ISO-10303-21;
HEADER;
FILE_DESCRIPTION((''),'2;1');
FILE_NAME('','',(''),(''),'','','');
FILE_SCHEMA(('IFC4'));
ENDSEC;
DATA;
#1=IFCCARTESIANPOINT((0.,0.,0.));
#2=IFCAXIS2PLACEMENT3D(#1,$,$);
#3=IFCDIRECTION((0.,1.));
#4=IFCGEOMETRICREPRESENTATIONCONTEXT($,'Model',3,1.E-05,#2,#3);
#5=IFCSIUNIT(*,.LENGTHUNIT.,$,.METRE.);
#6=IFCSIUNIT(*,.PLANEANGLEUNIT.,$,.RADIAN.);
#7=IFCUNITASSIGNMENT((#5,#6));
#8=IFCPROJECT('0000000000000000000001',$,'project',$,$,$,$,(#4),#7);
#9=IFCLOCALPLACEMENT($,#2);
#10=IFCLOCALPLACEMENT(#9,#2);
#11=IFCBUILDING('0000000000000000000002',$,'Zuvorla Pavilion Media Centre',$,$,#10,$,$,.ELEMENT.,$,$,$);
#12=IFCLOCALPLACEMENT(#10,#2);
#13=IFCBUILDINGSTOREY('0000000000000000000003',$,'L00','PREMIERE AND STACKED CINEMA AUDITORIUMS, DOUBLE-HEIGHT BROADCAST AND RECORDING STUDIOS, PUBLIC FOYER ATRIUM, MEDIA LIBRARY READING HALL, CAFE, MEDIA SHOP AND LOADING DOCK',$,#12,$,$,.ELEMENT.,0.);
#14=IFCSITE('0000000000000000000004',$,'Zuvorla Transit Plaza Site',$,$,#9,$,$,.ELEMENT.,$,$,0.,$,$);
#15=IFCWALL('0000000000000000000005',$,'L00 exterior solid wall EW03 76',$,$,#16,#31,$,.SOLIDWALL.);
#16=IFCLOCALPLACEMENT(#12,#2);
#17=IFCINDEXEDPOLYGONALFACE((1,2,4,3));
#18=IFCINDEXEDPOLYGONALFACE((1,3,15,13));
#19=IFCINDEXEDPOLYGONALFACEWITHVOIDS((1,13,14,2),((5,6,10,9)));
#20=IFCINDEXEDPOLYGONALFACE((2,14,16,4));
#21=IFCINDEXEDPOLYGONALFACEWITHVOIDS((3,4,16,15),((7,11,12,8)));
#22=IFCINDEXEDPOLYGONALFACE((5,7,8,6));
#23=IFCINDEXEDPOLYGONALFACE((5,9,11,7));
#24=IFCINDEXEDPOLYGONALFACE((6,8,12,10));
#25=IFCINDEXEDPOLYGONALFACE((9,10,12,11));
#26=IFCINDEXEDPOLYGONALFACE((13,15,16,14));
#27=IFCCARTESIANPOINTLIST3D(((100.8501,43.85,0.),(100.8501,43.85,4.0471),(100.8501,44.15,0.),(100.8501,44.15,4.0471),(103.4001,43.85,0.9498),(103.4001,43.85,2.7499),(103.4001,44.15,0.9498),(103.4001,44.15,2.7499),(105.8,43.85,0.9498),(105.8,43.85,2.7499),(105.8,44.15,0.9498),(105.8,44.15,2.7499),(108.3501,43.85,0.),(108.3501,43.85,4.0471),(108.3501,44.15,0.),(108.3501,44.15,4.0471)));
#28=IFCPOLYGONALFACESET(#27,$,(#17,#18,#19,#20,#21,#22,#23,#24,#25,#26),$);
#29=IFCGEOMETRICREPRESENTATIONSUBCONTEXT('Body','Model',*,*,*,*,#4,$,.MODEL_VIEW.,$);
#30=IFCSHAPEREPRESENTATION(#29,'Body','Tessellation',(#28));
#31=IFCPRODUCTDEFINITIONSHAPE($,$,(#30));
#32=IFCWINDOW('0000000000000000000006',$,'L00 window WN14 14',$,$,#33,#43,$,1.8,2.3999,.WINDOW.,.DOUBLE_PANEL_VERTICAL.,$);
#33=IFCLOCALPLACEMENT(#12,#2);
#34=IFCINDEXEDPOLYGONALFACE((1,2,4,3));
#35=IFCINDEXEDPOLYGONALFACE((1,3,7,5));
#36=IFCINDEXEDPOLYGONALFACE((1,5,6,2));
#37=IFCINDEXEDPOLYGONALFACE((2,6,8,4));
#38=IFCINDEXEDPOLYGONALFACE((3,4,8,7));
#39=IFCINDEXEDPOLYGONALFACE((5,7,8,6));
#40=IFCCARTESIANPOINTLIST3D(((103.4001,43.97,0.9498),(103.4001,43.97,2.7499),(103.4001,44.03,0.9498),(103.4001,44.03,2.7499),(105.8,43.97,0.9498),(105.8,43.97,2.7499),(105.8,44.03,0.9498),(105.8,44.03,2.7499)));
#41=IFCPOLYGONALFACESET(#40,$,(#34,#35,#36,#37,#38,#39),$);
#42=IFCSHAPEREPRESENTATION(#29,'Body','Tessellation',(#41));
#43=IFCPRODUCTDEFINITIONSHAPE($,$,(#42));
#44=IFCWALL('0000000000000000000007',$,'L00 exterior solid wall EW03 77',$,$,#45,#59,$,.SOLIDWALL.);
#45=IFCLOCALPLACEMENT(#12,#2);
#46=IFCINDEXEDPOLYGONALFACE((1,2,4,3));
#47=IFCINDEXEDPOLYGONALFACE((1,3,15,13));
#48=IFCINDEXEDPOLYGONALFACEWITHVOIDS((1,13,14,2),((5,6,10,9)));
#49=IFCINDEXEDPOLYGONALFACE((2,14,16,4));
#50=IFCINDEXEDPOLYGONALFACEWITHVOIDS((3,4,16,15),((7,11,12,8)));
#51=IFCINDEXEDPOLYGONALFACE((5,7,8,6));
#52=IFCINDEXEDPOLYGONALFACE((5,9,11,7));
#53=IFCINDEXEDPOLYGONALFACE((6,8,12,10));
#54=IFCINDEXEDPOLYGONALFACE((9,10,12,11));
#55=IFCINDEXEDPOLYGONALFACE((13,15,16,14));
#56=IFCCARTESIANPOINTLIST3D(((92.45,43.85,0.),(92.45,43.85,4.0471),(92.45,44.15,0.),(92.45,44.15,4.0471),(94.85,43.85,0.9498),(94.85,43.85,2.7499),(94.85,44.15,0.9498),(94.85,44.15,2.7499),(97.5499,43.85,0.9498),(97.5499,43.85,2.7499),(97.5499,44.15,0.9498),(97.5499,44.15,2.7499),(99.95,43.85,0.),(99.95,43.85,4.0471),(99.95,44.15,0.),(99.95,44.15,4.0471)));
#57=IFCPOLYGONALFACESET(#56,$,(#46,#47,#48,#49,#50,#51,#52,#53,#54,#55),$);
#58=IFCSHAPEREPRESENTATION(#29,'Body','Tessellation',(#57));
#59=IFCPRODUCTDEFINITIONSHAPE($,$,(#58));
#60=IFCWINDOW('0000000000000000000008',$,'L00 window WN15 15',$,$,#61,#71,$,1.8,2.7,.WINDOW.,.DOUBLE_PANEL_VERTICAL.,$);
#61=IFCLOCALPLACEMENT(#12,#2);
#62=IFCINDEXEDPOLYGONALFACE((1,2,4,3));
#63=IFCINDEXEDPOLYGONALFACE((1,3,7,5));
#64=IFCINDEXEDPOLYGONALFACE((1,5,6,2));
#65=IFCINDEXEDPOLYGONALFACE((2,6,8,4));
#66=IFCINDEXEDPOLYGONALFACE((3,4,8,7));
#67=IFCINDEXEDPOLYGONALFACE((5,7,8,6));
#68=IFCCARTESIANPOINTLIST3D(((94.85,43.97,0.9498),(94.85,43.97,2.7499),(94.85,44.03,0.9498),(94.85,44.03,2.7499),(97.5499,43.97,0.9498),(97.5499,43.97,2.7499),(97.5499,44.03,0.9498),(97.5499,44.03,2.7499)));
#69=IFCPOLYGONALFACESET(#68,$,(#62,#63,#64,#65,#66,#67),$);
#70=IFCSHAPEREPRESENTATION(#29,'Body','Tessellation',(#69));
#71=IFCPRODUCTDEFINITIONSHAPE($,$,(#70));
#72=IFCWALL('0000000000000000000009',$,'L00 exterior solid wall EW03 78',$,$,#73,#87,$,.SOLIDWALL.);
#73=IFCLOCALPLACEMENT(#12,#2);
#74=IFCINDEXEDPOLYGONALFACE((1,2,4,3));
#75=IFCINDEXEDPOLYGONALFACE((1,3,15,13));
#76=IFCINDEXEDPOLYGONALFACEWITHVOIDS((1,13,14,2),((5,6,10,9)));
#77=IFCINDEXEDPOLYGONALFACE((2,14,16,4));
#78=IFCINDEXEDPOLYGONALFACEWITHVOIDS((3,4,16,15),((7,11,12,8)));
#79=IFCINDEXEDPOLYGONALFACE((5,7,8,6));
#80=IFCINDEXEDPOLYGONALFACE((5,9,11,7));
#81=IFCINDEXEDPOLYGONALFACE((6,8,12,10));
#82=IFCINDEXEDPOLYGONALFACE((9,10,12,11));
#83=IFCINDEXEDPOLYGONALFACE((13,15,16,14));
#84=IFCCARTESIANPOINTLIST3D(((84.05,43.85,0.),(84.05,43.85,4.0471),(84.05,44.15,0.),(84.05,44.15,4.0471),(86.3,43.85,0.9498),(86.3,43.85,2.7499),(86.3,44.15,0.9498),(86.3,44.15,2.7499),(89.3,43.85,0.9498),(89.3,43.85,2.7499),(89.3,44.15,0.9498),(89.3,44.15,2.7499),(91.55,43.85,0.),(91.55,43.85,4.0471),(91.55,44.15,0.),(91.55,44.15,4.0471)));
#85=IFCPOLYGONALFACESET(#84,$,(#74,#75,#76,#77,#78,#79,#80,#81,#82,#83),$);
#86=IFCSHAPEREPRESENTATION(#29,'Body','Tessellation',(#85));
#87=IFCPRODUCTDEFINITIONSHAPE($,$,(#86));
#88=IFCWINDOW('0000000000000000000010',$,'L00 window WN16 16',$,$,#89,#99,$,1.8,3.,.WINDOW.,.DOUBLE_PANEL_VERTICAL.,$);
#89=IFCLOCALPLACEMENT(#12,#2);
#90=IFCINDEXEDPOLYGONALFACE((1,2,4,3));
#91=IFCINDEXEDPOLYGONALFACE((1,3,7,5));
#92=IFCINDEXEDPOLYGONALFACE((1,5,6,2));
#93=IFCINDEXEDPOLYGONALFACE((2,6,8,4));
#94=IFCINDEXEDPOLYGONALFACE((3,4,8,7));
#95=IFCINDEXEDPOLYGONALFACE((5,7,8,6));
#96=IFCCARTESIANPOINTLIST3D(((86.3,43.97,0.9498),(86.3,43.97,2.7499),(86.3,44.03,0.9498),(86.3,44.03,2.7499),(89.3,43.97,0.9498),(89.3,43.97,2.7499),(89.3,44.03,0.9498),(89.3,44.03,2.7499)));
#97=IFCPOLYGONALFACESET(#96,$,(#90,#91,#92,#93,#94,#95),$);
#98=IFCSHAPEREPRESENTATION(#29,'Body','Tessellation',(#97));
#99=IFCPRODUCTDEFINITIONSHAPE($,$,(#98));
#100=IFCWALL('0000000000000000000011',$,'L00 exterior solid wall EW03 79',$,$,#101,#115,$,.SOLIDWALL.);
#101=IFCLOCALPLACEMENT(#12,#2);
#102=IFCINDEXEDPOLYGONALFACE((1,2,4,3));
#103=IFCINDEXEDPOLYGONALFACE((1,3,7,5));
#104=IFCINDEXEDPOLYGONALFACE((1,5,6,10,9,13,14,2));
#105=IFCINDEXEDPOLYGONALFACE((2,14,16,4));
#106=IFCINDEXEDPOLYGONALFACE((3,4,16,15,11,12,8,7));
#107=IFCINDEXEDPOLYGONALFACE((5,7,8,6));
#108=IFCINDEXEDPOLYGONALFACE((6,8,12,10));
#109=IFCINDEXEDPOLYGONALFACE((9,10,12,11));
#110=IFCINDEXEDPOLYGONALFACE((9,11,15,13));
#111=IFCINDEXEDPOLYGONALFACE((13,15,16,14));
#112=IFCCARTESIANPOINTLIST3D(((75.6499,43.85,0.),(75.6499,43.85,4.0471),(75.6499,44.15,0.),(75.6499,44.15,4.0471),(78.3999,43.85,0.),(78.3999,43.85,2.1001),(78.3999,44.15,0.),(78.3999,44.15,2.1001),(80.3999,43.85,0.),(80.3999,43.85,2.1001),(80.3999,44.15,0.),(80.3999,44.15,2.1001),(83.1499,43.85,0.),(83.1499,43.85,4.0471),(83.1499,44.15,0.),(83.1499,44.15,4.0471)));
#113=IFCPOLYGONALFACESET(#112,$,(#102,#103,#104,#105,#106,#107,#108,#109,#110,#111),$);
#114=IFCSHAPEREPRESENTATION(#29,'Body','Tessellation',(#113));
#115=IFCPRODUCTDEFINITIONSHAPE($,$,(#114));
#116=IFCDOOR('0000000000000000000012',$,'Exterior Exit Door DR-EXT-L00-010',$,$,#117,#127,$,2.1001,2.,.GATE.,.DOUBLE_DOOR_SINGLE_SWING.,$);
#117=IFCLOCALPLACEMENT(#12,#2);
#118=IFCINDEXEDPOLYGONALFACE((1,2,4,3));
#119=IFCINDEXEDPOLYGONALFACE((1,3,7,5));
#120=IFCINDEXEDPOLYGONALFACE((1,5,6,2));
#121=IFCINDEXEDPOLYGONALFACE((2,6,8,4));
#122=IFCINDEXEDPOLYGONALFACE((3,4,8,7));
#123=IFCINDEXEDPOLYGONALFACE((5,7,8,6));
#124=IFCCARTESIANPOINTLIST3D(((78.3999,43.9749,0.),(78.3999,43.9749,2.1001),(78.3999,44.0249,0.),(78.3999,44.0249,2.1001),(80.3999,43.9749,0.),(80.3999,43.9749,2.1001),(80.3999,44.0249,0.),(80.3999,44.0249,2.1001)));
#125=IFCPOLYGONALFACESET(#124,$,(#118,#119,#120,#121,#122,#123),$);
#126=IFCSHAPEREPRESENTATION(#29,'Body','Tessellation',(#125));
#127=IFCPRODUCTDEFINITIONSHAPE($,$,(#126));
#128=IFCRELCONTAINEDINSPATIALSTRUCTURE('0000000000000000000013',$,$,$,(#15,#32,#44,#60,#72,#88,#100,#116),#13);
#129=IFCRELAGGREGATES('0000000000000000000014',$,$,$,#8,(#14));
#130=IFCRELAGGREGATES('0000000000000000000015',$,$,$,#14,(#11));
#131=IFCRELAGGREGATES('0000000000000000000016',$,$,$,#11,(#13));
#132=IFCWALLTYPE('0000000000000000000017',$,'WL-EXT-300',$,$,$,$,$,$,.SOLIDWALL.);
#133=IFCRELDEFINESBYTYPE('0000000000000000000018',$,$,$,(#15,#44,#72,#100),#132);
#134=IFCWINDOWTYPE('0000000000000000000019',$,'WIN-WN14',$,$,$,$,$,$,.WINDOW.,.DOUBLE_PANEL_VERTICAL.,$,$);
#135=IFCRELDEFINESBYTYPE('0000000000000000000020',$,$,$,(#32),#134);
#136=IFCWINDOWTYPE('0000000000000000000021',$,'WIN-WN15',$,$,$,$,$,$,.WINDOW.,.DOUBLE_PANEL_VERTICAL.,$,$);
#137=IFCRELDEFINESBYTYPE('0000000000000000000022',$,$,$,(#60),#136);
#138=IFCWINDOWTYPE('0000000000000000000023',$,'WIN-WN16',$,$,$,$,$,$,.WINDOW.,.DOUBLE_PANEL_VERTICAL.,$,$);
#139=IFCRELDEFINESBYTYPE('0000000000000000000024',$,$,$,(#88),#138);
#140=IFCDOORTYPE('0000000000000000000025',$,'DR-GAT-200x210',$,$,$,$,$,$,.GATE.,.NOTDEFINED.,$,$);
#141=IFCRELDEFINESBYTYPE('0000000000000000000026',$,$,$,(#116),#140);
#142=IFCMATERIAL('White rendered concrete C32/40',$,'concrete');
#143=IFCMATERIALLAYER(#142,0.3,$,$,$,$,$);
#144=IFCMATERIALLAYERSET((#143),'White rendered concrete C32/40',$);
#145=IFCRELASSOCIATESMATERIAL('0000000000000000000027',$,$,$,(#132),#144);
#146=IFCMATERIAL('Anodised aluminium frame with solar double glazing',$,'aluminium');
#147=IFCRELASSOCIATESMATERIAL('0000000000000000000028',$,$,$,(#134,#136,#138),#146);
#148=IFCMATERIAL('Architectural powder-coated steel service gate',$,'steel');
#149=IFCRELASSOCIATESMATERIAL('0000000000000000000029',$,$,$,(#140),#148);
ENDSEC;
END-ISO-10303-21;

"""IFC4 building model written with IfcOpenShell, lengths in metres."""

from ifc_helpers import new_model, si_unit, direction, frame, frame_2d, origin, place, context, subcontext, project, spatial, rectangle, extrude, material, layer, layer_set, type_object, element, fill, save


model = new_model("IFC4")

# Units and contexts
model_context = context("Model", 3, precision=1e-05, world=origin(), true_north=direction((0.0, 1.0)))
body_context = subcontext(model_context, "Body", "Model", "MODEL_VIEW")
ifc_project = project(units=[si_unit("LENGTHUNIT", "METRE"), si_unit("PLANEANGLEUNIT", "RADIAN")], contexts=[model_context])

# Site, building, storey
site_placement = place(None, origin())
site = spatial("IfcSite", under=ifc_project, at=site_placement, Name="Zuvorla Transit Plaza Site", CompositionType="ELEMENT", RefElevation=0.0)
building_placement = place(site_placement, origin())
building = spatial("IfcBuilding", under=site, at=building_placement, Name="Zuvorla Pavilion Media Centre", CompositionType="ELEMENT")
storey_placement = place(building_placement, origin())
storey = spatial("IfcBuildingStorey", under=building, at=storey_placement, Name="L00", Description="PREMIERE AND STACKED CINEMA AUDITORIUMS, DOUBLE-HEIGHT BROADCAST AND RECORDING STUDIOS, PUBLIC FOYER ATRIUM, MEDIA LIBRARY READING HALL, CAFE, MEDIA SHOP AND LOADING DOCK", CompositionType="ELEMENT", Elevation=0.0)

# Walls, openings, windows
ifc_material_1 = material(Name="White rendered concrete C32/40", Category="concrete")
ifc_layer = layer(ifc_material_1, 0.3)
ifc_layer_set = layer_set([ifc_layer], Name="White rendered concrete C32/40")
wall_type = type_object("IfcWallType", Name="WL-EXT-300", PredefinedType="SOLIDWALL", material=ifc_layer_set)
wall_1_placement = place(storey_placement, frame((108.3501, 44.0, 0.0), z_axis=(0.0, 0.0, 1.0), x_axis=(-1.0, 0.0, 0.0)))
wall_1 = element("IfcWall", 1, at=wall_1_placement, inside=storey, type_object=wall_type, Name="L00 exterior solid wall EW03 76", PredefinedType="SOLIDWALL", context=body_context, shape_type="SweptSolid", body=[
    extrude(rectangle(XDim=7.5, YDim=0.3, at=frame_2d((3.75, 0.0))), origin(), (0.0, 0.0, 1.0), 4.0471),
])
opening_1_placement = place(wall_1_placement, frame((2.55, 0.0, 0.95)))
opening_1 = element("IfcOpeningElement", 2, at=opening_1_placement, cuts=wall_1, PredefinedType="OPENING", context=body_context, shape_type="SweptSolid", body=[
    extrude(rectangle(XDim=2.3999, YDim=1.8, at=frame_2d((1.2, 0.8999))), frame((0.0, 0.1599, 0.0), z_axis=(0.0, -1.0, 0.0), x_axis=(1.0, 0.0, 0.0)), (0.0, 0.0, 1.0), 0.3201),
])
ifc_material_2 = material(Name="Anodised aluminium frame with solar double glazing", Category="aluminium")
window_type_1 = type_object("IfcWindowType", Name="WIN-WN14", PartitioningType="DOUBLE_PANEL_VERTICAL", PredefinedType="WINDOW", material=ifc_material_2)
window_1_placement = place(opening_1_placement, origin())
window_1 = element("IfcWindow", 3, at=window_1_placement, inside=storey, type_object=window_type_1, Name="L00 window WN14 14", OverallHeight=1.8, OverallWidth=2.3999, PartitioningType="DOUBLE_PANEL_VERTICAL", PredefinedType="WINDOW", context=body_context, shape_type="SweptSolid", body=[
    extrude(rectangle(XDim=2.3999, YDim=1.8, at=frame_2d((1.2, 0.8999))), frame((0.0, 0.03, 0.0), z_axis=(0.0, -1.0, 0.0), x_axis=(1.0, 0.0, 0.0)), (0.0, 0.0, 1.0), 0.0601),
])
fill(opening_1, window_1)
wall_2_placement = place(storey_placement, frame((99.95, 44.0, 0.0), z_axis=(0.0, 0.0, 1.0), x_axis=(-1.0, 0.0, 0.0)))
wall_2 = element("IfcWall", 4, at=wall_2_placement, inside=storey, type_object=wall_type, Name="L00 exterior solid wall EW03 77", PredefinedType="SOLIDWALL", context=body_context, shape_type="SweptSolid", body=[
    extrude(rectangle(XDim=7.5, YDim=0.3, at=frame_2d((3.75, 0.0))), origin(), (0.0, 0.0, 1.0), 4.0471),
])
opening_2_placement = place(wall_2_placement, frame((2.3999, 0.0, 0.95)))
opening_2 = element("IfcOpeningElement", 5, at=opening_2_placement, cuts=wall_2, PredefinedType="OPENING", context=body_context, shape_type="SweptSolid", body=[
    extrude(rectangle(XDim=2.7, YDim=1.8, at=frame_2d((1.3501, 0.8999))), frame((0.0, 0.1599, 0.0), z_axis=(0.0, -1.0, 0.0), x_axis=(1.0, 0.0, 0.0)), (0.0, 0.0, 1.0), 0.3201),
])
window_type_2 = type_object("IfcWindowType", Name="WIN-WN15", PartitioningType="DOUBLE_PANEL_VERTICAL", PredefinedType="WINDOW", material=ifc_material_2)
window_2_placement = place(opening_2_placement, origin())
window_2 = element("IfcWindow", 6, at=window_2_placement, inside=storey, type_object=window_type_2, Name="L00 window WN15 15", OverallHeight=1.8, OverallWidth=2.7, PartitioningType="DOUBLE_PANEL_VERTICAL", PredefinedType="WINDOW", context=body_context, shape_type="SweptSolid", body=[
    extrude(rectangle(XDim=2.7, YDim=1.8, at=frame_2d((1.3501, 0.8999))), frame((0.0, 0.03, 0.0), z_axis=(0.0, -1.0, 0.0), x_axis=(1.0, 0.0, 0.0)), (0.0, 0.0, 1.0), 0.0601),
])
fill(opening_2, window_2)
wall_3_placement = place(storey_placement, frame((91.55, 44.0, 0.0), z_axis=(0.0, 0.0, 1.0), x_axis=(-1.0, 0.0, 0.0)))
wall_3 = element("IfcWall", 7, at=wall_3_placement, inside=storey, type_object=wall_type, Name="L00 exterior solid wall EW03 78", PredefinedType="SOLIDWALL", context=body_context, shape_type="SweptSolid", body=[
    extrude(rectangle(XDim=7.5, YDim=0.3, at=frame_2d((3.75, 0.0))), origin(), (0.0, 0.0, 1.0), 4.0471),
])
opening_3_placement = place(wall_3_placement, frame((2.25, 0.0, 0.95)))
opening_3 = element("IfcOpeningElement", 8, at=opening_3_placement, cuts=wall_3, PredefinedType="OPENING", context=body_context, shape_type="SweptSolid", body=[
    extrude(rectangle(XDim=3.0, YDim=1.8, at=frame_2d((1.5, 0.8999))), frame((0.0, 0.1599, 0.0), z_axis=(0.0, -1.0, 0.0), x_axis=(1.0, 0.0, 0.0)), (0.0, 0.0, 1.0), 0.3201),
])
window_type_3 = type_object("IfcWindowType", Name="WIN-WN16", PartitioningType="DOUBLE_PANEL_VERTICAL", PredefinedType="WINDOW", material=ifc_material_2)
window_3_placement = place(opening_3_placement, origin())
window_3 = element("IfcWindow", 9, at=window_3_placement, inside=storey, type_object=window_type_3, Name="L00 window WN16 16", OverallHeight=1.8, OverallWidth=3.0, PartitioningType="DOUBLE_PANEL_VERTICAL", PredefinedType="WINDOW", context=body_context, shape_type="SweptSolid", body=[
    extrude(rectangle(XDim=3.0, YDim=1.8, at=frame_2d((1.5, 0.8999))), frame((0.0, 0.03, 0.0), z_axis=(0.0, -1.0, 0.0), x_axis=(1.0, 0.0, 0.0)), (0.0, 0.0, 1.0), 0.0601),
])
fill(opening_3, window_3)

# Wall, opening, door
wall_4_placement = place(storey_placement, frame((83.1499, 44.0, 0.0), z_axis=(0.0, 0.0, 1.0), x_axis=(-1.0, 0.0, 0.0)))
wall_4 = element("IfcWall", 10, at=wall_4_placement, inside=storey, type_object=wall_type, Name="L00 exterior solid wall EW03 79", PredefinedType="SOLIDWALL", context=body_context, shape_type="SweptSolid", body=[
    extrude(rectangle(XDim=7.5, YDim=0.3, at=frame_2d((3.75, 0.0))), origin(), (0.0, 0.0, 1.0), 4.0471),
])
opening_4_placement = place(wall_4_placement, frame((2.75, 0.0, 0.0)))
opening_4 = element("IfcOpeningElement", 11, at=opening_4_placement, cuts=wall_4, PredefinedType="OPENING", context=body_context, shape_type="SweptSolid", body=[
    extrude(rectangle(XDim=2.0, YDim=2.1001, at=frame_2d((1.0, 1.05))), frame((0.0, 0.1599, 0.0), z_axis=(0.0, -1.0, 0.0), x_axis=(1.0, 0.0, 0.0)), (0.0, 0.0, 1.0), 0.3201),
])
ifc_material_3 = material(Name="Architectural powder-coated steel service gate", Category="steel")
door_type = type_object("IfcDoorType", Name="DR-GAT-200x210", OperationType="NOTDEFINED", PredefinedType="GATE", material=ifc_material_3)
door_placement = place(opening_4_placement, frame((2.0, 0.0, 0.0), z_axis=(0.0, 0.0, 1.0), x_axis=(-1.0, 0.0, 0.0)))
door = element("IfcDoor", 12, at=door_placement, inside=storey, type_object=door_type, Name="Exterior Exit Door DR-EXT-L00-010", OperationType="DOUBLE_DOOR_SINGLE_SWING", OverallHeight=2.1001, OverallWidth=2.0, PredefinedType="GATE", context=body_context, shape_type="SweptSolid", body=[
    extrude(rectangle(XDim=2.0, YDim=2.1001, at=frame_2d((1.0, 1.05))), frame((0.0, 0.0249, 0.0), z_axis=(0.0, -1.0, 0.0), x_axis=(1.0, 0.0, 0.0)), (0.0, 0.0, 1.0), 0.05),
])
fill(opening_4, door)

save(model, "model.ifc")
